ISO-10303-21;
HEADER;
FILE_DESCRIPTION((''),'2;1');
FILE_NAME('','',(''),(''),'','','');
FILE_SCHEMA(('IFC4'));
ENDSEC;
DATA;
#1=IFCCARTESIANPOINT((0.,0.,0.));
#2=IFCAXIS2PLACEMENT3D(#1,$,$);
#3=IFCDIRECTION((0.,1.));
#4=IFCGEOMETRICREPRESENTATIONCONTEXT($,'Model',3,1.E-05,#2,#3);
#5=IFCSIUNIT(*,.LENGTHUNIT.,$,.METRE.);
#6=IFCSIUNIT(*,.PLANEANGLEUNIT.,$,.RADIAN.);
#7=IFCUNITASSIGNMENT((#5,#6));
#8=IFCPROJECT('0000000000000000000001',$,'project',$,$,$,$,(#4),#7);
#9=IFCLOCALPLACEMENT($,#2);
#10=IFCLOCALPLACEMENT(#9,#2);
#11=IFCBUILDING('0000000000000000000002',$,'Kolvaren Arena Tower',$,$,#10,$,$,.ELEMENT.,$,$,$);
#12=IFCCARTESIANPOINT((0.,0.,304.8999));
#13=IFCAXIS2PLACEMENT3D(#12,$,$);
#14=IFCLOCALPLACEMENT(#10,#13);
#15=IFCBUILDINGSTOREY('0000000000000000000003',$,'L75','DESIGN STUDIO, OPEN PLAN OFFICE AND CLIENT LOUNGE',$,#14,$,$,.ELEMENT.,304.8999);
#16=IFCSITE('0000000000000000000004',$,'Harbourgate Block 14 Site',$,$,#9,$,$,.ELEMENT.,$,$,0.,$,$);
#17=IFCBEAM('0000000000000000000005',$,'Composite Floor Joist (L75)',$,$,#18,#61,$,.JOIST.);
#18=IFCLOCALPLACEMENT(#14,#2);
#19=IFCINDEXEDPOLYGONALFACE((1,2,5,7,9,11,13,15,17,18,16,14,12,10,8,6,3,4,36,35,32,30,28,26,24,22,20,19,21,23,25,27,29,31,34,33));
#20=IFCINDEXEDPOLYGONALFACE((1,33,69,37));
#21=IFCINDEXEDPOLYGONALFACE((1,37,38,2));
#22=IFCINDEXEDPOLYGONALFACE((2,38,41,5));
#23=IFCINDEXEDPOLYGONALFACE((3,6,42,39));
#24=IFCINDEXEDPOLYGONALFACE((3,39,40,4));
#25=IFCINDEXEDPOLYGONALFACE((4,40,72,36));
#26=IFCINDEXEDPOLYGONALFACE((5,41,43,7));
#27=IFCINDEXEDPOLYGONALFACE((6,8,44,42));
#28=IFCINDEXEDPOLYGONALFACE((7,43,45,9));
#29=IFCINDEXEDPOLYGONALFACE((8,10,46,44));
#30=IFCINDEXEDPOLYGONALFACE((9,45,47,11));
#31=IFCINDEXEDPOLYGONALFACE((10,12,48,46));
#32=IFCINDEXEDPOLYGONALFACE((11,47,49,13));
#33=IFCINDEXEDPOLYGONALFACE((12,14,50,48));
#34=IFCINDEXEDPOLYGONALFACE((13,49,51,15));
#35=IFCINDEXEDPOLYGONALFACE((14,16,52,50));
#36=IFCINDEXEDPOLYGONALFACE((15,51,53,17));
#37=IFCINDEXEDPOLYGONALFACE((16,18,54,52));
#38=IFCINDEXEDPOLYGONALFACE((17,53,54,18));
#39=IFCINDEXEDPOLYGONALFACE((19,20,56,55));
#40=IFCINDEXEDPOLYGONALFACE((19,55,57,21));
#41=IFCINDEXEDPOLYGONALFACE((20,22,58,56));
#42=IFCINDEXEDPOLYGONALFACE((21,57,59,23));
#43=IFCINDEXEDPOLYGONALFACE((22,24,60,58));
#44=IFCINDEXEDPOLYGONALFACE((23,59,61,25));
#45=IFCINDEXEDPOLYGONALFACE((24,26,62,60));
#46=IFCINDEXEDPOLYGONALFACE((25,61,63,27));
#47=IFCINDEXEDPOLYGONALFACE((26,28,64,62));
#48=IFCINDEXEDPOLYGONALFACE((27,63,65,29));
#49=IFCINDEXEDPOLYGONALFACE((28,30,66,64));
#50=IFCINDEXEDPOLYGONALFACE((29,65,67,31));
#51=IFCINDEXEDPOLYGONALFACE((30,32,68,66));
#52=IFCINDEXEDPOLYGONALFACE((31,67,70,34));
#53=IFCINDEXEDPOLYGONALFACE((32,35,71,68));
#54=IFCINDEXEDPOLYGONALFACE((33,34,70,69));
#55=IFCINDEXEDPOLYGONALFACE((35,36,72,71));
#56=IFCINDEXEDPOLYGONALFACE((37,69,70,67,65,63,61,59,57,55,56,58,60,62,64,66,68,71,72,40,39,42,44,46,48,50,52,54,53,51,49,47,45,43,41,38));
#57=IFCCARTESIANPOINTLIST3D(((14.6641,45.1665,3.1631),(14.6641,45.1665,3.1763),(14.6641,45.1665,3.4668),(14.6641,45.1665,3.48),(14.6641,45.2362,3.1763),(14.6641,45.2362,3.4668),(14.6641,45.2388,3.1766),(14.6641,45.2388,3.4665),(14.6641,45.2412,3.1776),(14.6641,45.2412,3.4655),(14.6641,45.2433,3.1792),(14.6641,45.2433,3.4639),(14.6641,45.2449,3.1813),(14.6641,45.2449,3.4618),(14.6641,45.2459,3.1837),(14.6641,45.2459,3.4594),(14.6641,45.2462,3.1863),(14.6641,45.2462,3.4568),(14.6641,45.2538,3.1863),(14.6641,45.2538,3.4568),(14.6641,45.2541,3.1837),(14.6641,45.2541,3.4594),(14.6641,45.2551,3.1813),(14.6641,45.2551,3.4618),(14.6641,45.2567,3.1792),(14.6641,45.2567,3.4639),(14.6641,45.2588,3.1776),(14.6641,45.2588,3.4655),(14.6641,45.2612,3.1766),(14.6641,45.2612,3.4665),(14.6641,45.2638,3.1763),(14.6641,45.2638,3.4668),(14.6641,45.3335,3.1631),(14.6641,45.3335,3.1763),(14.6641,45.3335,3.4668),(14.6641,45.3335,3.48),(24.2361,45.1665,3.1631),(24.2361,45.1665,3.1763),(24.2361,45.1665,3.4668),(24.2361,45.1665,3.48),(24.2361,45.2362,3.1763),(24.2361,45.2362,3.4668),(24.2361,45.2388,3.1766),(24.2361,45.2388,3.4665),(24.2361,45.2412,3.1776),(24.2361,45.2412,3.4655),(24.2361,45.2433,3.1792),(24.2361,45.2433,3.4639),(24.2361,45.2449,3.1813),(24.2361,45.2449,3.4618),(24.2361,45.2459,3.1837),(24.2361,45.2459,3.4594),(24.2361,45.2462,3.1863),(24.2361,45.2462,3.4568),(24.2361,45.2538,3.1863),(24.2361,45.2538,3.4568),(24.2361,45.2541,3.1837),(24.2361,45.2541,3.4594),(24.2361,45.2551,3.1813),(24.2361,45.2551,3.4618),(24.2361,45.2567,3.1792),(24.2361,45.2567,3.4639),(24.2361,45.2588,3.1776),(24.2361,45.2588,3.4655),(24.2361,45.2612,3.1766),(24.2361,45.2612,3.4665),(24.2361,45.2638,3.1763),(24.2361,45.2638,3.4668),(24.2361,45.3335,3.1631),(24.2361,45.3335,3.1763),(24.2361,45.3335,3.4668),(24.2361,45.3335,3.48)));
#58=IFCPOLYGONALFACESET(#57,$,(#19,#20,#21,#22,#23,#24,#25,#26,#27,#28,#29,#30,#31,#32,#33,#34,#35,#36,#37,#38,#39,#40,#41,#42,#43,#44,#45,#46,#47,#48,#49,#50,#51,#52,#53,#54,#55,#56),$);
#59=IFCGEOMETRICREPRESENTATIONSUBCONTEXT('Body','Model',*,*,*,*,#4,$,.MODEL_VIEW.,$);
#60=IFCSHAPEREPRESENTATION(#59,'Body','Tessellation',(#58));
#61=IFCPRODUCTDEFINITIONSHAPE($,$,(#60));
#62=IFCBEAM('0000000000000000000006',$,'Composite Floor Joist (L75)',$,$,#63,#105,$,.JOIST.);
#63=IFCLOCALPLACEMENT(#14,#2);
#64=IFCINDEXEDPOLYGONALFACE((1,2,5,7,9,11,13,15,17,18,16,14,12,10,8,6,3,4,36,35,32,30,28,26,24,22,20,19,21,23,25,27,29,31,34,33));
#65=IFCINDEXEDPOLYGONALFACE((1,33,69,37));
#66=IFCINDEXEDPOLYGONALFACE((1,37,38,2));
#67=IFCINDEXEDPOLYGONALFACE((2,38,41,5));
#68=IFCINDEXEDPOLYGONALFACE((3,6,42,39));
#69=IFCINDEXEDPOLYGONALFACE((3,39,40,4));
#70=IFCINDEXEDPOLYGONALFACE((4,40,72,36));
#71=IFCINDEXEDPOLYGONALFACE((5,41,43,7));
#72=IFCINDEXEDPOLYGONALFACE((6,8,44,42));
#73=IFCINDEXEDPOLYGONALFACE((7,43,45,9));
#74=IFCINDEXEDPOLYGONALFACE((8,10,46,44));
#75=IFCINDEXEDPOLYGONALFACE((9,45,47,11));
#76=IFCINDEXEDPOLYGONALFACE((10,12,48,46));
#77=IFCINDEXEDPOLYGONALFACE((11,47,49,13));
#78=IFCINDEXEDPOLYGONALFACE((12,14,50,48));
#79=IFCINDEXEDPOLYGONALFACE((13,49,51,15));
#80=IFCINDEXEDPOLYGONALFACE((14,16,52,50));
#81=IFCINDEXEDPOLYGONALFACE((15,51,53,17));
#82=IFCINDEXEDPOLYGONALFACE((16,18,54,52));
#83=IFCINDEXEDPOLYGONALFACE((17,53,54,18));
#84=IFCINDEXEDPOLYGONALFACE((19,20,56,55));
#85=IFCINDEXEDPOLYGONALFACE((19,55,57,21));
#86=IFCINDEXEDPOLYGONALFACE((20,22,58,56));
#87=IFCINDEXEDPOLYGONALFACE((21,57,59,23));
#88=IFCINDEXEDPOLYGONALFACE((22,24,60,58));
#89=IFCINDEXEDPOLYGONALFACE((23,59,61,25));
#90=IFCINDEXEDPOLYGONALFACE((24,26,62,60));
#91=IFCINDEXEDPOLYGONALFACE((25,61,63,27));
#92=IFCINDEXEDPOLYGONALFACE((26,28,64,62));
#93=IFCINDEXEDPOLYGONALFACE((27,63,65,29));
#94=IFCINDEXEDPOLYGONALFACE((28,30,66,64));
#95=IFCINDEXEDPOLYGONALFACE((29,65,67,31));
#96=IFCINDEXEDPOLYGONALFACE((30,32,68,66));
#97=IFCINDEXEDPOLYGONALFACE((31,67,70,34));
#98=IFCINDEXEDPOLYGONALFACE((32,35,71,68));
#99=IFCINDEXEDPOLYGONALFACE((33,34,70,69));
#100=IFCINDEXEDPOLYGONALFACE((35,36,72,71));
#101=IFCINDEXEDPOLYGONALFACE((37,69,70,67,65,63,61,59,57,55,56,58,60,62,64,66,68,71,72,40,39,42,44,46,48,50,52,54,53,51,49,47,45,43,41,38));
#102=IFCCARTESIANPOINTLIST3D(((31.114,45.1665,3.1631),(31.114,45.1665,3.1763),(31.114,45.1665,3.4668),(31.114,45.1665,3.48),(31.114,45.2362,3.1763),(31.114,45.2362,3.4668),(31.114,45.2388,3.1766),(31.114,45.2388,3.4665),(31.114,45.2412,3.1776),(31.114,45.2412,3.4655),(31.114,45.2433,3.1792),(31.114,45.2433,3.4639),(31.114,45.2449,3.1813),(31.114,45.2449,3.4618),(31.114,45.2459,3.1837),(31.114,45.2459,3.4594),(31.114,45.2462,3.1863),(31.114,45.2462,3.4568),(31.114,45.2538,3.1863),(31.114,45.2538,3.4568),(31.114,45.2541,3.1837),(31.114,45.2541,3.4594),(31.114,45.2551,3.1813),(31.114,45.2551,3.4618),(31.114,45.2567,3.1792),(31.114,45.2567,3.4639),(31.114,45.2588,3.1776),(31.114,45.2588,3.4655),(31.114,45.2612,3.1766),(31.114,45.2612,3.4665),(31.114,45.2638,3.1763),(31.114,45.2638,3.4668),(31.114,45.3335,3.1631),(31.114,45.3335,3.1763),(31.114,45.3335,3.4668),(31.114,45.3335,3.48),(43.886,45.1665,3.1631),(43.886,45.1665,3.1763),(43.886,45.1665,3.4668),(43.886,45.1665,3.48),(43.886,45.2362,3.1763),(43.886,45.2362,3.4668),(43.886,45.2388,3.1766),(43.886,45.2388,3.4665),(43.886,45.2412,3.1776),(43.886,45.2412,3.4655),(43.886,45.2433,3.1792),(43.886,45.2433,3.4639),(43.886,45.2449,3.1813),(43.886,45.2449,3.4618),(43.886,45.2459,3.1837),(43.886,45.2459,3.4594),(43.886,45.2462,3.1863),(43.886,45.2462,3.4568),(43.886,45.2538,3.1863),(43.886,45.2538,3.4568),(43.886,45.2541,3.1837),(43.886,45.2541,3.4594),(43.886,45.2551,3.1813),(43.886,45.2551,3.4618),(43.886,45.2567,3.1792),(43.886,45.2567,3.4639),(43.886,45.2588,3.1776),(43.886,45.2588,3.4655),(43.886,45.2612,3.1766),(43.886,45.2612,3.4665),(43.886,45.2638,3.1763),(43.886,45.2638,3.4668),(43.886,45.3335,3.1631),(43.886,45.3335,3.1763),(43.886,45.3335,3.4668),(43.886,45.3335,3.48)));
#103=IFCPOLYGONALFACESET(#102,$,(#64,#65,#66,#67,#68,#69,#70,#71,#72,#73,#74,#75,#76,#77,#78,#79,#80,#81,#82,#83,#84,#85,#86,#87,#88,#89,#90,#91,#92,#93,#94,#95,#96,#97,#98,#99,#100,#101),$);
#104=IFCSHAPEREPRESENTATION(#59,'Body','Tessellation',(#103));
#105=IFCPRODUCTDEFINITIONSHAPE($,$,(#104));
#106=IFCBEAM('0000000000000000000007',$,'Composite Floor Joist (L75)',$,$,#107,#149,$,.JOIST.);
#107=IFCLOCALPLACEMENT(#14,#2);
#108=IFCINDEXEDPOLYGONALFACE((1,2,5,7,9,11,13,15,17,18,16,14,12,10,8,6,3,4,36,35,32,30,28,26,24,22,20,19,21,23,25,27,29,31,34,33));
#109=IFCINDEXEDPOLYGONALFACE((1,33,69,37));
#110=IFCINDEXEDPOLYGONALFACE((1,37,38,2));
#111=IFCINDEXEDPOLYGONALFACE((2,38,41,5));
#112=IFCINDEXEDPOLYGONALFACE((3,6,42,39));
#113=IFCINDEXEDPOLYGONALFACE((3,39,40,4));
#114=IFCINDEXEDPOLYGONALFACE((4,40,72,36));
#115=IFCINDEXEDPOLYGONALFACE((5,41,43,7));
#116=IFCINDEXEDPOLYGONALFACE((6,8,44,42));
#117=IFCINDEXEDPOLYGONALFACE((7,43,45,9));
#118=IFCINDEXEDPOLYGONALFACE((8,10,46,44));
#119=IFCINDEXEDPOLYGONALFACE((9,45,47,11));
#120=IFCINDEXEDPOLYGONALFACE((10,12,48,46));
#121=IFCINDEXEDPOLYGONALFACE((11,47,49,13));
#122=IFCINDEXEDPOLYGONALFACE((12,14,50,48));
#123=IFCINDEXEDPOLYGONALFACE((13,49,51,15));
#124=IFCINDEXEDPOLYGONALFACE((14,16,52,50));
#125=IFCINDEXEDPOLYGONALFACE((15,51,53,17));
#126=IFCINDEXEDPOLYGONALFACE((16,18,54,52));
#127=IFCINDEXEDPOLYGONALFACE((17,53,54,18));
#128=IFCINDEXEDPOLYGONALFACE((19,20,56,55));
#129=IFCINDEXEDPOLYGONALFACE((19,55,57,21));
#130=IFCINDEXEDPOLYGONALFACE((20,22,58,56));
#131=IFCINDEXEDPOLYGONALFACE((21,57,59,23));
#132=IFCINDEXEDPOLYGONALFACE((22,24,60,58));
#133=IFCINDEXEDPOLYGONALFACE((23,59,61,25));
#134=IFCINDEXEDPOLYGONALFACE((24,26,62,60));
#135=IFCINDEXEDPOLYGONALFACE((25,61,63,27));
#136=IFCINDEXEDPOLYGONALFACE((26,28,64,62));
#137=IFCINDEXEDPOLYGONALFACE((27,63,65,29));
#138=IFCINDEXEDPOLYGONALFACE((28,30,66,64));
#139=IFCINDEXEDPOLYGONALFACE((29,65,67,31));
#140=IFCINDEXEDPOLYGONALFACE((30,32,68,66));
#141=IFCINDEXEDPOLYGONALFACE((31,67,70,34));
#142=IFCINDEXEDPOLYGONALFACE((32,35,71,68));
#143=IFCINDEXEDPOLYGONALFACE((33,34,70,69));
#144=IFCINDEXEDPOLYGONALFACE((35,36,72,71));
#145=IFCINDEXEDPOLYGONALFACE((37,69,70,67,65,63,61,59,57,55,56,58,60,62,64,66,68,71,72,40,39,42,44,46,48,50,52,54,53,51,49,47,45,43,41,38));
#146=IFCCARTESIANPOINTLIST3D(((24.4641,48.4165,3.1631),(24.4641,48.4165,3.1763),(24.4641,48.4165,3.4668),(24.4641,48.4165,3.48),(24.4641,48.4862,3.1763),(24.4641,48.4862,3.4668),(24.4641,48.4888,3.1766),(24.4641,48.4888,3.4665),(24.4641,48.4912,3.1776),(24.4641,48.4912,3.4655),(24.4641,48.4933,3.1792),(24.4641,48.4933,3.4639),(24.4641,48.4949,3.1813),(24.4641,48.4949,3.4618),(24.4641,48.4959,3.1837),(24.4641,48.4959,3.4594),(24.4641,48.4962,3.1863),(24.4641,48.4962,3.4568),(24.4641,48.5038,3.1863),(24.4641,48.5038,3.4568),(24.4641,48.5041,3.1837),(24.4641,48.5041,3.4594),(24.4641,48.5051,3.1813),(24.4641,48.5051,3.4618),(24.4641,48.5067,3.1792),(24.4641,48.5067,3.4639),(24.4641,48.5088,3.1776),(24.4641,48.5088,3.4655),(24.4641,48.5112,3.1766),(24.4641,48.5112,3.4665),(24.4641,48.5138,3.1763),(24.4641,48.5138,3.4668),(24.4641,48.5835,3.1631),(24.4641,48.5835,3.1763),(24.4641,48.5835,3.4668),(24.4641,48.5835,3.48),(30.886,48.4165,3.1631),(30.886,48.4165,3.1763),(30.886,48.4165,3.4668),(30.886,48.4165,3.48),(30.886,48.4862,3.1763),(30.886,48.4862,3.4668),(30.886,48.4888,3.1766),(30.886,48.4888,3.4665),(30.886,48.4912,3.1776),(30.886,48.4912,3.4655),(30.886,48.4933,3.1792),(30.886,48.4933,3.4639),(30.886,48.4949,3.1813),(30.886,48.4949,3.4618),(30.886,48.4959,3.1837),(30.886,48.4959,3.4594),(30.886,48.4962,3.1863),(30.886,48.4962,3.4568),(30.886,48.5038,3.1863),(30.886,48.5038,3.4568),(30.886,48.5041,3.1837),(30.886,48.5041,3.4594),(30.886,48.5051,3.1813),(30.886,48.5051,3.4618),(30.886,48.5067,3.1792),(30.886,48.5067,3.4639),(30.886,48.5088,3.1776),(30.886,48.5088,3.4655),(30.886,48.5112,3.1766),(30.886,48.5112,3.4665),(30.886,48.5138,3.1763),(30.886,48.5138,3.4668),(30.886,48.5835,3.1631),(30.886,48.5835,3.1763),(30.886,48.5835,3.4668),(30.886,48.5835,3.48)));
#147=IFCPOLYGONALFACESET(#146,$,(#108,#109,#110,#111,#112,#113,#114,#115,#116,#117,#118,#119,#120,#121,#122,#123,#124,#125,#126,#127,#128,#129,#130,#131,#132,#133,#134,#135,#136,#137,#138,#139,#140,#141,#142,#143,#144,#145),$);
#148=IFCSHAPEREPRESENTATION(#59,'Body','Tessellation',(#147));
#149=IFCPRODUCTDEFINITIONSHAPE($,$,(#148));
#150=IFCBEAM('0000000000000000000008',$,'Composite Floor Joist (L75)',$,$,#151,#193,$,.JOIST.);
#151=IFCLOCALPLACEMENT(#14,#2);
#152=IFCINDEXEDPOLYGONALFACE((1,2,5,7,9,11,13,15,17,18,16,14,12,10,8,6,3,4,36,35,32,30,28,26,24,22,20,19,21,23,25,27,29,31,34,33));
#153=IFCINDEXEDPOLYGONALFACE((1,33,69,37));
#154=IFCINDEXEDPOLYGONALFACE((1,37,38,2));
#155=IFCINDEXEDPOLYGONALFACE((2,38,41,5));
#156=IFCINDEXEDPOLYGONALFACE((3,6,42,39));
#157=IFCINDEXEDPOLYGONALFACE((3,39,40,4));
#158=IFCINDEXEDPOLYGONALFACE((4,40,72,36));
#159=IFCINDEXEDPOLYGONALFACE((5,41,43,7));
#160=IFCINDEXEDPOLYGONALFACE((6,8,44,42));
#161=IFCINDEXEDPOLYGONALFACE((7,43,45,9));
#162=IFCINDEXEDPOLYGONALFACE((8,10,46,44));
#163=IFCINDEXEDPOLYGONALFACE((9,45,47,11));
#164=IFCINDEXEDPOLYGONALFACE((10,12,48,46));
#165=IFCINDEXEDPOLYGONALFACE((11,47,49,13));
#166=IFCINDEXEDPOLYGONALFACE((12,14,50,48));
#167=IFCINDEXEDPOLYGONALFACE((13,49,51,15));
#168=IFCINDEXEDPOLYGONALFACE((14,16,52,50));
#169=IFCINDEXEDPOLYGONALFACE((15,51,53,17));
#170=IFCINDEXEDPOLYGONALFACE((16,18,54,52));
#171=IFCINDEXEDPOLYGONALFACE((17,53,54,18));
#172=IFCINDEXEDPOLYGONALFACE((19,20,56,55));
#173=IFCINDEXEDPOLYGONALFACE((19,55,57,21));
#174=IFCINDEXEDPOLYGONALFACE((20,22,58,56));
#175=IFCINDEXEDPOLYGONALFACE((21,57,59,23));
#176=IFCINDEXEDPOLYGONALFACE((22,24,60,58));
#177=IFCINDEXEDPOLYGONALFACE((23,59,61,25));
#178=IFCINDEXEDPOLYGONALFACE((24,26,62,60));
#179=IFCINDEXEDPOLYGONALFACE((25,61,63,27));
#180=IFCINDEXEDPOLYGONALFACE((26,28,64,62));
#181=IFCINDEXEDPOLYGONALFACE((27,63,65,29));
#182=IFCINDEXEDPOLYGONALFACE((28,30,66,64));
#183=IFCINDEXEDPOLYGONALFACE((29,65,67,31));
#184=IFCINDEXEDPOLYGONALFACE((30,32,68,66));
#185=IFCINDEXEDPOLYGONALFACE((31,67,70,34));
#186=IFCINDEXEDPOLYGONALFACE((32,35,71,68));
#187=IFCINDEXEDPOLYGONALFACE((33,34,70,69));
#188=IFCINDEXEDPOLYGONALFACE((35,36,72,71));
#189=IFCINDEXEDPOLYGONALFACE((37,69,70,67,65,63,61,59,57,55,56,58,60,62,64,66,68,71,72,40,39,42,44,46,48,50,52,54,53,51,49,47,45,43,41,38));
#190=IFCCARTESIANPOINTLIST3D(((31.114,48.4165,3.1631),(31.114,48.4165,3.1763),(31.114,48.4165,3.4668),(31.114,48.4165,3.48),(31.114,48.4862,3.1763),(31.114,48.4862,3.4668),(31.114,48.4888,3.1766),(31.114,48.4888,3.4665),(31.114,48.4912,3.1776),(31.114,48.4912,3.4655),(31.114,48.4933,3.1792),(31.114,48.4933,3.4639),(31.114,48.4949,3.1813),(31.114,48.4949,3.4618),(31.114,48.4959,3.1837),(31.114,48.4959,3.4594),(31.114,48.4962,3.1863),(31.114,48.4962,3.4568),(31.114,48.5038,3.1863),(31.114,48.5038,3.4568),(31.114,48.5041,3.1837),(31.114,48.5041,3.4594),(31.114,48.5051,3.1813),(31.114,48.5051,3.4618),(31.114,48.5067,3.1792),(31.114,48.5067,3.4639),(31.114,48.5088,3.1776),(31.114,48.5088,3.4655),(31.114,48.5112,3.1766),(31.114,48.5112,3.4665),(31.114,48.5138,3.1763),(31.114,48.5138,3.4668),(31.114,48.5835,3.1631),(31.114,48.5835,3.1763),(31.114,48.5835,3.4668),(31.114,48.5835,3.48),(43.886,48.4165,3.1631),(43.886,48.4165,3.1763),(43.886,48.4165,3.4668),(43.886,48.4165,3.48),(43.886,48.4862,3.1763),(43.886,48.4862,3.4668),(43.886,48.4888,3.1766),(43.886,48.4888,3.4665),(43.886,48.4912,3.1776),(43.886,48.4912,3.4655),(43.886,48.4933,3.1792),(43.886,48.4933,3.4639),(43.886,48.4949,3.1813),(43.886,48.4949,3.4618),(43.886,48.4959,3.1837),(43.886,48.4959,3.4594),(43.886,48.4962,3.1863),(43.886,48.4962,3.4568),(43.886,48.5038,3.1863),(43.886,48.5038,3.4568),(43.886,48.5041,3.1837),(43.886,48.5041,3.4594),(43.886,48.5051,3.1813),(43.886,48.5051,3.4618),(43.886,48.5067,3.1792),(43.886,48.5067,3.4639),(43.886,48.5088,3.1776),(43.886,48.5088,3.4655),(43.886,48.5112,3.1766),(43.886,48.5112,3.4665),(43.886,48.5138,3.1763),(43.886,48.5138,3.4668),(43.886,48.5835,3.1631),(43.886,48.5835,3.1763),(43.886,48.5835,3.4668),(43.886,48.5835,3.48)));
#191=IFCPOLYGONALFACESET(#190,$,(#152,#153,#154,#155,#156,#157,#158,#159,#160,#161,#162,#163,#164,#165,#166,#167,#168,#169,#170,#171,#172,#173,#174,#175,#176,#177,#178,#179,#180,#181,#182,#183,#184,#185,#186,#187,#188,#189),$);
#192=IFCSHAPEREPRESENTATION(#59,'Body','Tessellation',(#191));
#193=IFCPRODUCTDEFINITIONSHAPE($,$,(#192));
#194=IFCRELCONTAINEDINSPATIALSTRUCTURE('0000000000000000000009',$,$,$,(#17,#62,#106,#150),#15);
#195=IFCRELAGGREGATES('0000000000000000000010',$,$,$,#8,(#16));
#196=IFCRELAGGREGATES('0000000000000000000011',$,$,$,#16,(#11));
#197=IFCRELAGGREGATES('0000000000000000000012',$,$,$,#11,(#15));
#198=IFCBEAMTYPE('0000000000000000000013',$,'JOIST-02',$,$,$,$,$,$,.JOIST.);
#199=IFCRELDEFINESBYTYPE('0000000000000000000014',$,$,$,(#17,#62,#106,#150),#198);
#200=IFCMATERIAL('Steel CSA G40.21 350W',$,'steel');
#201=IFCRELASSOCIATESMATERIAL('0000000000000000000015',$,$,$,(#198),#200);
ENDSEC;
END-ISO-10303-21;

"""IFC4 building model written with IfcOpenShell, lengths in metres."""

from ifc_helpers import new_model, si_unit, direction, frame, origin, origin_2d, place, context, subcontext, project, spatial, i_section, extrude, material, material_profile, profile_set, type_object, element, save


model = new_model("IFC4")

# Units and contexts
model_context = context("Model", 3, precision=1e-05, world=origin(), true_north=direction((0.0, 1.0)))
body_context = subcontext(model_context, "Body", "Model", "MODEL_VIEW")
ifc_project = project(units=[si_unit("LENGTHUNIT", "METRE"), si_unit("PLANEANGLEUNIT", "RADIAN")], contexts=[model_context])

# Site, building, storey
site_placement = place(None, origin())
site = spatial("IfcSite", under=ifc_project, at=site_placement, Name="Harbourgate Block 14 Site", CompositionType="ELEMENT", RefElevation=0.0)
building_placement = place(site_placement, origin())
building = spatial("IfcBuilding", under=site, at=building_placement, Name="Kolvaren Arena Tower", CompositionType="ELEMENT")
storey_placement = place(building_placement, frame((0.0, 0.0, 304.8999)))
storey = spatial("IfcBuildingStorey", under=building, at=storey_placement, Name="L75", Description="DESIGN STUDIO, OPEN PLAN OFFICE AND CLIENT LOUNGE", CompositionType="ELEMENT", Elevation=304.8999)

# Beams
ifc_material_1 = material(Name="Steel CSA G40.21 350W", Category="steel")
ifc_material_profile_1 = material_profile(ifc_material_1, i_section(OverallWidth=0.167, OverallDepth=0.3169, WebThickness=0.0076, FlangeThickness=0.0132, FilletRadius=0.01, at=origin_2d()), Name="W310x52")
ifc_profile_set_1 = profile_set([ifc_material_profile_1], Name="Steel CSA G40.21 350W")
beam_type_1 = type_object("IfcBeamType", Name="JOIST-02", PredefinedType="JOIST", material=ifc_profile_set_1)
beam_1_placement = place(storey_placement, frame((14.6641, 45.25, 3.3215), z_axis=(1.0, 0.0, 0.0), x_axis=(0.0, 1.0, 0.0)))
element("IfcBeam", 1, at=beam_1_placement, inside=storey, type_object=beam_type_1, Name="Composite Floor Joist (L75)", PredefinedType="JOIST", context=body_context, shape_type="SweptSolid", body=[
    extrude(i_section(OverallWidth=0.167, OverallDepth=0.3169, WebThickness=0.0076, FlangeThickness=0.0132, FilletRadius=0.01, at=origin_2d()), origin(), (0.0, 0.0, 1.0), 9.572),
])
beam_2_placement = place(storey_placement, frame((31.114, 45.25, 3.3215), z_axis=(1.0, 0.0, 0.0), x_axis=(0.0, 1.0, 0.0)))
element("IfcBeam", 2, at=beam_2_placement, inside=storey, type_object=beam_type_1, Name="Composite Floor Joist (L75)", PredefinedType="JOIST", context=body_context, shape_type="SweptSolid", body=[
    extrude(i_section(OverallWidth=0.167, OverallDepth=0.3169, WebThickness=0.0076, FlangeThickness=0.0132, FilletRadius=0.01, at=origin_2d()), origin(), (0.0, 0.0, 1.0), 12.772),
])
beam_3_placement = place(storey_placement, frame((24.4641, 48.5, 3.3215), z_axis=(1.0, 0.0, 0.0), x_axis=(0.0, 1.0, 0.0)))
element("IfcBeam", 3, at=beam_3_placement, inside=storey, type_object=beam_type_1, Name="Composite Floor Joist (L75)", PredefinedType="JOIST", context=body_context, shape_type="SweptSolid", body=[
    extrude(i_section(OverallWidth=0.167, OverallDepth=0.3169, WebThickness=0.0076, FlangeThickness=0.0132, FilletRadius=0.01, at=origin_2d()), origin(), (0.0, 0.0, 1.0), 6.4219),
])
beam_4_placement = place(storey_placement, frame((31.114, 48.5, 3.3215), z_axis=(1.0, 0.0, 0.0), x_axis=(0.0, 1.0, 0.0)))
element("IfcBeam", 4, at=beam_4_placement, inside=storey, type_object=beam_type_1, Name="Composite Floor Joist (L75)", PredefinedType="JOIST", context=body_context, shape_type="SweptSolid", body=[
    extrude(i_section(OverallWidth=0.167, OverallDepth=0.3169, WebThickness=0.0076, FlangeThickness=0.0132, FilletRadius=0.01, at=origin_2d()), origin(), (0.0, 0.0, 1.0), 12.772),
])

save(model, "model.ifc")
